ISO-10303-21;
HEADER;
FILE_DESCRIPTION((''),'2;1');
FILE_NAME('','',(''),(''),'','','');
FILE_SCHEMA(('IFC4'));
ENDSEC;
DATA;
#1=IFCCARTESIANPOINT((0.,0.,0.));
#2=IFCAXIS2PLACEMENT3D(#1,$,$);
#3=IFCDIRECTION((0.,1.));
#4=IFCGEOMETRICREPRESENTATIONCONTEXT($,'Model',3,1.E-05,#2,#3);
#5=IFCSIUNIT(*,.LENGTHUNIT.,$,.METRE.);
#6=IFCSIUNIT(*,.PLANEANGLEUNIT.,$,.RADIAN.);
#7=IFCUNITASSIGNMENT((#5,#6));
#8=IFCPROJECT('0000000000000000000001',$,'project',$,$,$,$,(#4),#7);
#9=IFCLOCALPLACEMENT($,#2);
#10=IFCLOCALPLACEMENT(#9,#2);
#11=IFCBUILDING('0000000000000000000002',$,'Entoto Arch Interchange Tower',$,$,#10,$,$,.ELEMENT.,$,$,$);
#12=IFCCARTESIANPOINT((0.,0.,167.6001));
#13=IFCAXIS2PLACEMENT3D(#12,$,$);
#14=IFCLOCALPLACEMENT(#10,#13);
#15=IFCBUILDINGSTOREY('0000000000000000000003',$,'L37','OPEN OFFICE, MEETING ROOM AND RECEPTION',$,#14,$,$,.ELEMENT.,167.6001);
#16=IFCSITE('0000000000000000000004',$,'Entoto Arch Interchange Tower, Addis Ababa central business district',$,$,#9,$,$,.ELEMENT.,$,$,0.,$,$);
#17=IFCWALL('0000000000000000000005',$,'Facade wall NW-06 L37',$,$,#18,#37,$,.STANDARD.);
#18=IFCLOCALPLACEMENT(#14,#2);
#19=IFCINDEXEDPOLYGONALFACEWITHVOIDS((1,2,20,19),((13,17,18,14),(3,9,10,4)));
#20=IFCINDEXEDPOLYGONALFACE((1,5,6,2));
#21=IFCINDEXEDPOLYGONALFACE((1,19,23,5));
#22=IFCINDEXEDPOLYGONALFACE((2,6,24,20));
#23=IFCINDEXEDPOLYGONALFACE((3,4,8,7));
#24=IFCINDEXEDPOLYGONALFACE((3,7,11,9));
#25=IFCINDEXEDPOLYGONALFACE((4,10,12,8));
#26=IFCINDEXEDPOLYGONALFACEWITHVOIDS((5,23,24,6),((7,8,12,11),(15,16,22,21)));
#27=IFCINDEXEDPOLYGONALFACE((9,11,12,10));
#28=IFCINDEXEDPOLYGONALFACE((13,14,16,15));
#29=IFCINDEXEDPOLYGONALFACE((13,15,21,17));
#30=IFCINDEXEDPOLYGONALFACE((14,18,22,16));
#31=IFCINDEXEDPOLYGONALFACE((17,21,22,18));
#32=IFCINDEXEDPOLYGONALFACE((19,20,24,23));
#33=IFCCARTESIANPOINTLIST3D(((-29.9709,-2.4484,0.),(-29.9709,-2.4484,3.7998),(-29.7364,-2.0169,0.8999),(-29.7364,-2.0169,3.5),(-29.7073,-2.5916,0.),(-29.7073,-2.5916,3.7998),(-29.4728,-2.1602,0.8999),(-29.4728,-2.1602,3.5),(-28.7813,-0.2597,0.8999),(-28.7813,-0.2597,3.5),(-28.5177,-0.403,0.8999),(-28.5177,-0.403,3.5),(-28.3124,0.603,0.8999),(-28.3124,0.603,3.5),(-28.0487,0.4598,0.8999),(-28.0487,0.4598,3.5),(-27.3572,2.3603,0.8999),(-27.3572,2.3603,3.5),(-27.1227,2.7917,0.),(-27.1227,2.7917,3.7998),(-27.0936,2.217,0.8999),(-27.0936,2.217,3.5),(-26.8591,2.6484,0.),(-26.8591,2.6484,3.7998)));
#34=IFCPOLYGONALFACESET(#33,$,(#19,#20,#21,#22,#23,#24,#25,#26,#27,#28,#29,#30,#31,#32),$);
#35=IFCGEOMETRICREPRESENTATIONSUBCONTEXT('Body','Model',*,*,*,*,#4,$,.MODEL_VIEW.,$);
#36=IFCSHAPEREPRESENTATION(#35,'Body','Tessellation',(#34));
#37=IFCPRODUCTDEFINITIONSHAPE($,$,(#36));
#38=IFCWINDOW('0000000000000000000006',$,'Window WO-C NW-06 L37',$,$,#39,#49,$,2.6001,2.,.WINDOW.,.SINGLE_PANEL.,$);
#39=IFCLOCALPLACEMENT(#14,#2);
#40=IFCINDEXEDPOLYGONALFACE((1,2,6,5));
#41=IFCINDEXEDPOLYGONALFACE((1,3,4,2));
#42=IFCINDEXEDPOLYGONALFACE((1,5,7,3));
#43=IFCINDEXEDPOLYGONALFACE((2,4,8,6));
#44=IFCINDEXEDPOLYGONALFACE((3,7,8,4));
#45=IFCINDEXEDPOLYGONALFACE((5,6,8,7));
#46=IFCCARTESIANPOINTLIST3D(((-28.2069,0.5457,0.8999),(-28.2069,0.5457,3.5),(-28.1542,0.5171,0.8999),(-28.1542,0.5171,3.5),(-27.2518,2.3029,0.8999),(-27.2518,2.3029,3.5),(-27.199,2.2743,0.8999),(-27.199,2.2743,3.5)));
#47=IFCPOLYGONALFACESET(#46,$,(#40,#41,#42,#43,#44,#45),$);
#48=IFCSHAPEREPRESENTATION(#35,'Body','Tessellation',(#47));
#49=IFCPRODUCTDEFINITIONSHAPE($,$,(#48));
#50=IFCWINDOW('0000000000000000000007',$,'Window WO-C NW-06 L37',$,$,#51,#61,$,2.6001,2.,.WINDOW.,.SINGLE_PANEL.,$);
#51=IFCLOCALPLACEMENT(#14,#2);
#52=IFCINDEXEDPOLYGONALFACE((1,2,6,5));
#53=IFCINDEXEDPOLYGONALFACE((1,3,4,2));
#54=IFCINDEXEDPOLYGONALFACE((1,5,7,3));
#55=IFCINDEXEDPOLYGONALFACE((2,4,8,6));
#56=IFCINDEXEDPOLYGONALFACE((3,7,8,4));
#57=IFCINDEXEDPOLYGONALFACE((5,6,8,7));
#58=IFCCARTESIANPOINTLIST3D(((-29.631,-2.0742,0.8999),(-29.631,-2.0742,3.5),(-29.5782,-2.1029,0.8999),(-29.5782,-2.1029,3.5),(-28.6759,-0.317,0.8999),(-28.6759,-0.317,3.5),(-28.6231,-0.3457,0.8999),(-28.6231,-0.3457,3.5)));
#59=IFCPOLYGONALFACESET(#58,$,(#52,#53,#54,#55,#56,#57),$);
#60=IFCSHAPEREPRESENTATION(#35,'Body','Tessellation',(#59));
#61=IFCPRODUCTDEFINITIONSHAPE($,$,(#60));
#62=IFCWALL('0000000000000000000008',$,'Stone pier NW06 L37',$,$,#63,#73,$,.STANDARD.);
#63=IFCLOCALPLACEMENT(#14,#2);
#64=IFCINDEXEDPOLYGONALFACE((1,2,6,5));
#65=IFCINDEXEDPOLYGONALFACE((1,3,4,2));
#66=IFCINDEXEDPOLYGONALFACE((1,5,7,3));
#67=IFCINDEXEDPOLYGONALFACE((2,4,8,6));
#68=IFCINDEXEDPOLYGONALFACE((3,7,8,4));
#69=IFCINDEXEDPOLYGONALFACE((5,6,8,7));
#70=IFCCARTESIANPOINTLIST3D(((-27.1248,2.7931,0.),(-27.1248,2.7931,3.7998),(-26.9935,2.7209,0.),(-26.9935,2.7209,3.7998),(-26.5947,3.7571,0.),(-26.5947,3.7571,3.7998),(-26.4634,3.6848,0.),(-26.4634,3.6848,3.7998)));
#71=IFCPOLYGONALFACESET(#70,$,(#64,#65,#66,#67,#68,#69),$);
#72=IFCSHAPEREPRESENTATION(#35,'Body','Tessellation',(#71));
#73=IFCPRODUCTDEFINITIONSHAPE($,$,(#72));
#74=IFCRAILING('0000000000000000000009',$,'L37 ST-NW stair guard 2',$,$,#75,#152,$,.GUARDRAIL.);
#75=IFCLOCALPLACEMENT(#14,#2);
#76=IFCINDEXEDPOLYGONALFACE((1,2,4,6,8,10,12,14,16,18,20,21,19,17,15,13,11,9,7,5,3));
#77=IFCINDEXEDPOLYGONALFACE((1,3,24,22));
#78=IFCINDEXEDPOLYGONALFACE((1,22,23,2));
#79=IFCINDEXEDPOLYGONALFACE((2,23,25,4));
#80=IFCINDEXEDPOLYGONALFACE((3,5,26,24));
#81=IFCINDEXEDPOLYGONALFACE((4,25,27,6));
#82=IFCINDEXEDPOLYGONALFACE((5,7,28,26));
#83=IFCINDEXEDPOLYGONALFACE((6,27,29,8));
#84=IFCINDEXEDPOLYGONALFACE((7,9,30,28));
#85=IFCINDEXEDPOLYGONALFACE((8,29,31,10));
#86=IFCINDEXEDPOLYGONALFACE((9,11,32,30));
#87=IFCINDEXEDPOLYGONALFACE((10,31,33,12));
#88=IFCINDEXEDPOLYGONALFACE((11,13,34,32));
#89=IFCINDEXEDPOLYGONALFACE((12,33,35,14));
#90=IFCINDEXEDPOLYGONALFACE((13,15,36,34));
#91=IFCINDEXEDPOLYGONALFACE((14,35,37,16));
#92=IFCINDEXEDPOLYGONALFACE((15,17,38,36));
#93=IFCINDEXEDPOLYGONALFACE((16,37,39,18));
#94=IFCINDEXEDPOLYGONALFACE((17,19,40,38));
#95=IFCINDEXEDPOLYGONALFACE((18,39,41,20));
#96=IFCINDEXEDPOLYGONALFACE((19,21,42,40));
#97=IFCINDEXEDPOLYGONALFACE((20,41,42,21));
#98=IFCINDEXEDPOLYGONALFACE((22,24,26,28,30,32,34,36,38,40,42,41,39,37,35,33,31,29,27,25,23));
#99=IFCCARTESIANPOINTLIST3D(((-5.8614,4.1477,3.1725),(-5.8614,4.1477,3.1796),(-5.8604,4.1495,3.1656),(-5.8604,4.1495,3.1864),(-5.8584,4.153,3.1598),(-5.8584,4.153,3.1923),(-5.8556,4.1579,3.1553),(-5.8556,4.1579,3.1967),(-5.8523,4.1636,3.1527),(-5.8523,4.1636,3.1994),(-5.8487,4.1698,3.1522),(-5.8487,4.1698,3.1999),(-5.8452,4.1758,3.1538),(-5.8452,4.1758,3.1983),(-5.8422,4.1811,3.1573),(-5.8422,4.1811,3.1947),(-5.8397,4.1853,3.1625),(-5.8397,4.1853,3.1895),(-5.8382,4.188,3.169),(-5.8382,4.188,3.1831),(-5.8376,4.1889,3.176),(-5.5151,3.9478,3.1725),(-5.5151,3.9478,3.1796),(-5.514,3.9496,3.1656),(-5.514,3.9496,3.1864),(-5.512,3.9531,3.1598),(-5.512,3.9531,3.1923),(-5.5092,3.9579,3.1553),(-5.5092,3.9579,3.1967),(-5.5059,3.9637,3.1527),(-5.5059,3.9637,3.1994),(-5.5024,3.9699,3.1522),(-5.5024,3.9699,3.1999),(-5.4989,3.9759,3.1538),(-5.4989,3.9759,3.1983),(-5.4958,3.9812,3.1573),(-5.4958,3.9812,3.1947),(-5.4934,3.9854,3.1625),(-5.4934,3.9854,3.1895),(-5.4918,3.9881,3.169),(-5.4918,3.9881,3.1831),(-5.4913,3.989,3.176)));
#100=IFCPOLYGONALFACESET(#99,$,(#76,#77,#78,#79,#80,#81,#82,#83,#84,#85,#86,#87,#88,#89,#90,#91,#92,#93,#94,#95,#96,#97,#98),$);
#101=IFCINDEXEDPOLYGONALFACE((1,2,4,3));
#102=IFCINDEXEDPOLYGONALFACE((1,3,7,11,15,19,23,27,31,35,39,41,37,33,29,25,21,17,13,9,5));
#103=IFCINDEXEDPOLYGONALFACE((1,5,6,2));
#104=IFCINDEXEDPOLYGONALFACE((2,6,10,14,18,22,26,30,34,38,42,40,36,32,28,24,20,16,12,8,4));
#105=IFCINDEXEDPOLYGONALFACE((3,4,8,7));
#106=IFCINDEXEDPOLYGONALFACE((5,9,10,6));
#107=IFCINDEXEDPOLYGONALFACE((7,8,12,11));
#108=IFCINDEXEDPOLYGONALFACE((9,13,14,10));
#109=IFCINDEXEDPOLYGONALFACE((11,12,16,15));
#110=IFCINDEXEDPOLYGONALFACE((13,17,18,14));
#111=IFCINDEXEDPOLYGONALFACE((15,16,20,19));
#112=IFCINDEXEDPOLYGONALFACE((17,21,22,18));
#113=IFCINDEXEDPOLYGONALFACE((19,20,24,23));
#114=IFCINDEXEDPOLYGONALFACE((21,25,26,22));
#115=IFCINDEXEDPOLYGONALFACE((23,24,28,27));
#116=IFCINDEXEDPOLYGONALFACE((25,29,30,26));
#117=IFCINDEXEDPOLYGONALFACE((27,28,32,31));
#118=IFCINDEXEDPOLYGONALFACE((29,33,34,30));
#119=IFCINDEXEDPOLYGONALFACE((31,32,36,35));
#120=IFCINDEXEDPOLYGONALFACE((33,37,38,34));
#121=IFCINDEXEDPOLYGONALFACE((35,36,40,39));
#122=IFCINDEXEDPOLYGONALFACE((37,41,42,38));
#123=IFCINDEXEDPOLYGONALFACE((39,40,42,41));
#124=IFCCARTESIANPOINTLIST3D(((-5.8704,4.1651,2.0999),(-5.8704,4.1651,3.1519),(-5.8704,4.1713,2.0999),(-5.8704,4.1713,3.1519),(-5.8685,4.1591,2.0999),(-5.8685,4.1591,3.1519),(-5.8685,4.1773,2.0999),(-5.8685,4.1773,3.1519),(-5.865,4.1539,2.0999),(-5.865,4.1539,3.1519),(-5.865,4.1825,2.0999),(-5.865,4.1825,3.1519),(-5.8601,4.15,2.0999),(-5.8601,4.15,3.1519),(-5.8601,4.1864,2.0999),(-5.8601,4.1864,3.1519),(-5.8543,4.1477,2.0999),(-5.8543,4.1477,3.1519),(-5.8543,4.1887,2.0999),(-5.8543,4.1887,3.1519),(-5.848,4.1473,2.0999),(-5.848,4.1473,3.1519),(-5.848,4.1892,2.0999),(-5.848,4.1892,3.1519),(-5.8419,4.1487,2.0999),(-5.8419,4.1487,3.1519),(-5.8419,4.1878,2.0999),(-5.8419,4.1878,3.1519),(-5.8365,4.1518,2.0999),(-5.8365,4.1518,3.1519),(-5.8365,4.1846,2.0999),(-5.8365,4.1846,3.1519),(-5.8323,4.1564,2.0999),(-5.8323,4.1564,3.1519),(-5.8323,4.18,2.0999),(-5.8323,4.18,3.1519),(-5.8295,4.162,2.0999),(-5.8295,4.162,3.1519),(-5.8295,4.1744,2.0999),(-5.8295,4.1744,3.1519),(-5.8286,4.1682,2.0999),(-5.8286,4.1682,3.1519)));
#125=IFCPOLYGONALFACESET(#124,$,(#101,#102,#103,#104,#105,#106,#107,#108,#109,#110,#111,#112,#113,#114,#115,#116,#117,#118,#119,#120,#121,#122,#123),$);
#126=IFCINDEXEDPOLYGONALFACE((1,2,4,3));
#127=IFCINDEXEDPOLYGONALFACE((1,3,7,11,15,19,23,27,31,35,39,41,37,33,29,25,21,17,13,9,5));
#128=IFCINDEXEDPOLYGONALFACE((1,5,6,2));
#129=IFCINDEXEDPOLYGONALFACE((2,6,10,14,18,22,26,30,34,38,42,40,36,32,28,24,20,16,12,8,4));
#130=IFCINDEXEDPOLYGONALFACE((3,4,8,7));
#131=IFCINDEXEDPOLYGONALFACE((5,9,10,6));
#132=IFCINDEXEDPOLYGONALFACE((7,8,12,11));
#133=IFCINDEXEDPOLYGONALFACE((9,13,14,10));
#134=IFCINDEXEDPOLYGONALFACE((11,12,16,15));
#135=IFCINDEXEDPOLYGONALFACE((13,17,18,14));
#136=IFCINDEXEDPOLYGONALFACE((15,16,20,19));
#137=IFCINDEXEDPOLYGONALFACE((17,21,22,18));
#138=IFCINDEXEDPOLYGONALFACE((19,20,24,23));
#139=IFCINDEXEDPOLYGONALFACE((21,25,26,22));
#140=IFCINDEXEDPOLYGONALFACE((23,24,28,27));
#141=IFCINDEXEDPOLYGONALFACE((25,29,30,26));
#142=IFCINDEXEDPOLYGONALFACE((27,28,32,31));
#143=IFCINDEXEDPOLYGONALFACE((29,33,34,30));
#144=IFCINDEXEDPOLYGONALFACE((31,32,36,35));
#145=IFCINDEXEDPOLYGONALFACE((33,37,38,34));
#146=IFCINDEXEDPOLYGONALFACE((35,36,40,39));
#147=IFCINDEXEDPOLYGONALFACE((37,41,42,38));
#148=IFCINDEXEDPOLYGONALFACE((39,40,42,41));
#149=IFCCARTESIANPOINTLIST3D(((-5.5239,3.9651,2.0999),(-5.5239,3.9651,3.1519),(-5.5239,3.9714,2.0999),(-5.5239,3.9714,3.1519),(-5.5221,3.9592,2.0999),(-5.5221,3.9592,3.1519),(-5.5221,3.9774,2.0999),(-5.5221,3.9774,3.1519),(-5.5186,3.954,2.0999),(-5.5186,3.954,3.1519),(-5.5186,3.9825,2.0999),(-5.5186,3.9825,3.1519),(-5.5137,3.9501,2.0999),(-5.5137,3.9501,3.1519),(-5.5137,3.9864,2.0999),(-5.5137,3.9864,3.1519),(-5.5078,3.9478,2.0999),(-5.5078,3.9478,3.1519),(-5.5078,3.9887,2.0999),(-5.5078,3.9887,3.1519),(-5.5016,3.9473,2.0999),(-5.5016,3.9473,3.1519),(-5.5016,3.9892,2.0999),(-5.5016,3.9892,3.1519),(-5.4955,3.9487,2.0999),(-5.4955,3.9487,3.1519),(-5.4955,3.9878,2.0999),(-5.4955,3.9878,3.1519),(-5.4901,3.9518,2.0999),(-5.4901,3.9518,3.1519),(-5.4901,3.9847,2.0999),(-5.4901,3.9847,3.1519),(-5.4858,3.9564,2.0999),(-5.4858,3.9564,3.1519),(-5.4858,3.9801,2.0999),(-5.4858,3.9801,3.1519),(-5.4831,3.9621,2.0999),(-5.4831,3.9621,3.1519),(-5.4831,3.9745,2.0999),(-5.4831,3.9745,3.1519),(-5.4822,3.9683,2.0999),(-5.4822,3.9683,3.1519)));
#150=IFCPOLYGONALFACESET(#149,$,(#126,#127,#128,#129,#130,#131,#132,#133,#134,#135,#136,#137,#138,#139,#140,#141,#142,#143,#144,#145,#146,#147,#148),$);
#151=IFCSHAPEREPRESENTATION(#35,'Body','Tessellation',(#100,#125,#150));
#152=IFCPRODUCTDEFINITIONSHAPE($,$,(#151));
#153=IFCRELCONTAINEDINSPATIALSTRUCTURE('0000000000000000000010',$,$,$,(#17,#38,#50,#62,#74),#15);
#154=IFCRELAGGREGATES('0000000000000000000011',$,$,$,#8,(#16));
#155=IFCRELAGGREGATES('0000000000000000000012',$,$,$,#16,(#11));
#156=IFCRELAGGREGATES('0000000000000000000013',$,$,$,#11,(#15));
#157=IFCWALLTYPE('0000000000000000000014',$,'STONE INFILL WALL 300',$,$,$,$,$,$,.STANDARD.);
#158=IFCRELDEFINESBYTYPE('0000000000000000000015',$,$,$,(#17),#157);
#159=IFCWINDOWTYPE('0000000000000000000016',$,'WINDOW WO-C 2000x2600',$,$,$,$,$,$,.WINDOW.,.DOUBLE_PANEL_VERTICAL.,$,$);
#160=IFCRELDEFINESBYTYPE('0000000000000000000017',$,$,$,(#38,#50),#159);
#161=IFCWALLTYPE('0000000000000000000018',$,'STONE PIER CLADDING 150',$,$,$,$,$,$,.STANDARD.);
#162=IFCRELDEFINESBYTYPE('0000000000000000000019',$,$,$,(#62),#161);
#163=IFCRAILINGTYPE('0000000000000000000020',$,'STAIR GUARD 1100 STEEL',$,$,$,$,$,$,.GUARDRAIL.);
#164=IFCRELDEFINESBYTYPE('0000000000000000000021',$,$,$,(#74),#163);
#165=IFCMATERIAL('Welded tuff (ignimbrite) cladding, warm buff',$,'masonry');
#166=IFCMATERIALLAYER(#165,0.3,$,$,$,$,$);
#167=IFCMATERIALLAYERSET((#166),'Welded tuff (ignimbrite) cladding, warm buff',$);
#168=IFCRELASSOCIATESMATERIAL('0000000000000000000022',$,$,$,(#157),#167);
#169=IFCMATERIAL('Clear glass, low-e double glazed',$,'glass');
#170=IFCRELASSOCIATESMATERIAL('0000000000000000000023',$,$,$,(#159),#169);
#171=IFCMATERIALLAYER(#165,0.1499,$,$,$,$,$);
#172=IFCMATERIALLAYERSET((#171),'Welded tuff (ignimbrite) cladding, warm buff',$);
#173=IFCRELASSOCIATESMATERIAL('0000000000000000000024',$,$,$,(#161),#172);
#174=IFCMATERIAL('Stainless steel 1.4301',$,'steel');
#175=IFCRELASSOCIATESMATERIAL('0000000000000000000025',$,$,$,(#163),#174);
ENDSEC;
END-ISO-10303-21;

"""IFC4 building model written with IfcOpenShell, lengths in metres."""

from ifc_helpers import new_model, si_unit, direction, frame, frame_2d, origin, origin_2d, place, context, subcontext, project, spatial, rectangle, circle, extrude, material, layer, layer_set, type_object, element, fill, save


model = new_model("IFC4")

# Units and contexts
model_context = context("Model", 3, precision=1e-05, world=origin(), true_north=direction((0.0, 1.0)))
body_context = subcontext(model_context, "Body", "Model", "MODEL_VIEW")
ifc_project = project(units=[si_unit("LENGTHUNIT", "METRE"), si_unit("PLANEANGLEUNIT", "RADIAN")], contexts=[model_context])

# Site, building, storey
site_placement = place(None, origin())
site = spatial("IfcSite", under=ifc_project, at=site_placement, Name="Entoto Arch Interchange Tower, Addis Ababa central business district", CompositionType="ELEMENT", RefElevation=0.0)
building_placement = place(site_placement, origin())
building = spatial("IfcBuilding", under=site, at=building_placement, Name="Entoto Arch Interchange Tower", CompositionType="ELEMENT")
storey_placement = place(building_placement, frame((0.0, 0.0, 167.6001)))
storey = spatial("IfcBuildingStorey", under=building, at=storey_placement, Name="L37", Description="OPEN OFFICE, MEETING ROOM AND RECEPTION", CompositionType="ELEMENT", Elevation=167.6001)

# Wall, openings, windows
ifc_material_1 = material(Name="Welded tuff (ignimbrite) cladding, warm buff", Category="masonry")
ifc_layer_1 = layer(ifc_material_1, 0.3)
ifc_layer_set_1 = layer_set([ifc_layer_1], Name="Welded tuff (ignimbrite) cladding, warm buff")
wall_type_1 = type_object("IfcWallType", Name="STONE INFILL WALL 300", PredefinedType="STANDARD", material=ifc_layer_set_1)
wall_1_placement = place(storey_placement, frame((-26.991, 2.72, 0.0), z_axis=(0.0, 0.0, 1.0), x_axis=(-0.477555, -0.878602, 0.0)))
wall_1 = element("IfcWall", 1, at=wall_1_placement, inside=storey, type_object=wall_type_1, Name="Facade wall NW-06 L37", PredefinedType="STANDARD", context=body_context, shape_type="SweptSolid", body=[
    extrude(rectangle(XDim=5.9641, YDim=0.3, at=frame_2d((2.9819, 0.0))), origin(), (0.0, 0.0, 1.0), 3.7998),
])
opening_1_placement = place(wall_1_placement, frame((0.491, 0.0, 0.8999)))
opening_1 = element("IfcOpeningElement", 2, at=opening_1_placement, cuts=wall_1, PredefinedType="OPENING", context=body_context, shape_type="SweptSolid", body=[
    extrude(rectangle(XDim=2.0, YDim=2.6001, at=frame_2d((1.0, 1.3))), frame((0.0, 0.1602, 0.0), z_axis=(0.0, -1.0, 0.0), x_axis=(1.0, 0.0, 0.0)), (0.0, 0.0, 1.0), 0.3201),
])
opening_2_placement = place(wall_1_placement, frame((3.4729, 0.0, 0.8999)))
opening_2 = element("IfcOpeningElement", 3, at=opening_2_placement, cuts=wall_1, PredefinedType="OPENING", context=body_context, shape_type="SweptSolid", body=[
    extrude(rectangle(XDim=2.0, YDim=2.6001, at=frame_2d((1.0, 1.3))), frame((0.0, 0.1602, 0.0), z_axis=(0.0, -1.0, 0.0), x_axis=(1.0, 0.0, 0.0)), (0.0, 0.0, 1.0), 0.3201),
])
ifc_material_2 = material(Name="Clear glass, low-e double glazed", Category="glass")
window_type = type_object("IfcWindowType", Name="WINDOW WO-C 2000x2600", PartitioningType="DOUBLE_PANEL_VERTICAL", PredefinedType="WINDOW", material=ifc_material_2)
window_1_placement = place(opening_1_placement, origin())
window_1 = element("IfcWindow", 4, at=window_1_placement, inside=storey, type_object=window_type, Name="Window WO-C NW-06 L37", OverallHeight=2.6001, OverallWidth=2.0, PartitioningType="SINGLE_PANEL", PredefinedType="WINDOW", context=body_context, shape_type="SweptSolid", body=[
    extrude(rectangle(XDim=2.0, YDim=2.6001, at=frame_2d((1.0, 1.3))), frame((0.0, 0.03, 0.0), z_axis=(0.0, -1.0, 0.0), x_axis=(1.0, 0.0, 0.0)), (0.0, 0.0, 1.0), 0.0601),
])
fill(opening_1, window_1)
window_2_placement = place(opening_2_placement, origin())
window_2 = element("IfcWindow", 5, at=window_2_placement, inside=storey, type_object=window_type, Name="Window WO-C NW-06 L37", OverallHeight=2.6001, OverallWidth=2.0, PartitioningType="SINGLE_PANEL", PredefinedType="WINDOW", context=body_context, shape_type="SweptSolid", body=[
    extrude(rectangle(XDim=2.0, YDim=2.6001, at=frame_2d((1.0, 1.3))), frame((0.0, 0.03, 0.0), z_axis=(0.0, -1.0, 0.0), x_axis=(1.0, 0.0, 0.0)), (0.0, 0.0, 1.0), 0.0601),
])
fill(opening_2, window_2)

# Wall
ifc_layer_2 = layer(ifc_material_1, 0.1499)
ifc_layer_set_2 = layer_set([ifc_layer_2], Name="Welded tuff (ignimbrite) cladding, warm buff")
wall_type_2 = type_object("IfcWallType", Name="STONE PIER CLADDING 150", PredefinedType="STANDARD", material=ifc_layer_set_2)
wall_2_placement = place(storey_placement, frame((-26.5291, 3.7209, 0.0), z_axis=(0.0, 0.0, 1.0), x_axis=(-0.481851, -0.876253, 0.0)))
element("IfcWall", 6, at=wall_2_placement, inside=storey, type_object=wall_type_2, Name="Stone pier NW06 L37", PredefinedType="STANDARD", context=body_context, shape_type="SweptSolid", body=[
    extrude(rectangle(XDim=1.1001, YDim=0.1499, at=frame_2d((0.55, 0.0))), origin(), (0.0, 0.0, 1.0), 3.7998),
])

# Railing
ifc_material_3 = material(Name="Stainless steel 1.4301", Category="steel")
railing_type = type_object("IfcRailingType", Name="STAIR GUARD 1100 STEEL", PredefinedType="GUARDRAIL", material=ifc_material_3)
railing_placement = place(storey_placement, frame((-5.8496, 4.1682, 2.0999)))
element("IfcRailing", 7, at=railing_placement, inside=storey, type_object=railing_type, Name="L37 ST-NW stair guard 2", PredefinedType="GUARDRAIL", context=body_context, shape_type="SweptSolid", body=[
    extrude(circle(Radius=0.0239, at=origin_2d()), frame((0.0, 0.0, 1.0762), z_axis=(0.866094, -0.499881, 0.0), x_axis=(0.499881, 0.866094, 0.0)), (0.0, 0.0, 1.0), 0.3999),
    extrude(circle(Radius=0.021, at=origin_2d()), origin(), (0.0, 0.0, 1.0), 1.052),
    extrude(circle(Radius=0.021, at=origin_2d()), frame((0.3464, -0.2, 0.0)), (0.0, 0.0, 1.0), 1.052),
])

save(model, "model.ifc")
